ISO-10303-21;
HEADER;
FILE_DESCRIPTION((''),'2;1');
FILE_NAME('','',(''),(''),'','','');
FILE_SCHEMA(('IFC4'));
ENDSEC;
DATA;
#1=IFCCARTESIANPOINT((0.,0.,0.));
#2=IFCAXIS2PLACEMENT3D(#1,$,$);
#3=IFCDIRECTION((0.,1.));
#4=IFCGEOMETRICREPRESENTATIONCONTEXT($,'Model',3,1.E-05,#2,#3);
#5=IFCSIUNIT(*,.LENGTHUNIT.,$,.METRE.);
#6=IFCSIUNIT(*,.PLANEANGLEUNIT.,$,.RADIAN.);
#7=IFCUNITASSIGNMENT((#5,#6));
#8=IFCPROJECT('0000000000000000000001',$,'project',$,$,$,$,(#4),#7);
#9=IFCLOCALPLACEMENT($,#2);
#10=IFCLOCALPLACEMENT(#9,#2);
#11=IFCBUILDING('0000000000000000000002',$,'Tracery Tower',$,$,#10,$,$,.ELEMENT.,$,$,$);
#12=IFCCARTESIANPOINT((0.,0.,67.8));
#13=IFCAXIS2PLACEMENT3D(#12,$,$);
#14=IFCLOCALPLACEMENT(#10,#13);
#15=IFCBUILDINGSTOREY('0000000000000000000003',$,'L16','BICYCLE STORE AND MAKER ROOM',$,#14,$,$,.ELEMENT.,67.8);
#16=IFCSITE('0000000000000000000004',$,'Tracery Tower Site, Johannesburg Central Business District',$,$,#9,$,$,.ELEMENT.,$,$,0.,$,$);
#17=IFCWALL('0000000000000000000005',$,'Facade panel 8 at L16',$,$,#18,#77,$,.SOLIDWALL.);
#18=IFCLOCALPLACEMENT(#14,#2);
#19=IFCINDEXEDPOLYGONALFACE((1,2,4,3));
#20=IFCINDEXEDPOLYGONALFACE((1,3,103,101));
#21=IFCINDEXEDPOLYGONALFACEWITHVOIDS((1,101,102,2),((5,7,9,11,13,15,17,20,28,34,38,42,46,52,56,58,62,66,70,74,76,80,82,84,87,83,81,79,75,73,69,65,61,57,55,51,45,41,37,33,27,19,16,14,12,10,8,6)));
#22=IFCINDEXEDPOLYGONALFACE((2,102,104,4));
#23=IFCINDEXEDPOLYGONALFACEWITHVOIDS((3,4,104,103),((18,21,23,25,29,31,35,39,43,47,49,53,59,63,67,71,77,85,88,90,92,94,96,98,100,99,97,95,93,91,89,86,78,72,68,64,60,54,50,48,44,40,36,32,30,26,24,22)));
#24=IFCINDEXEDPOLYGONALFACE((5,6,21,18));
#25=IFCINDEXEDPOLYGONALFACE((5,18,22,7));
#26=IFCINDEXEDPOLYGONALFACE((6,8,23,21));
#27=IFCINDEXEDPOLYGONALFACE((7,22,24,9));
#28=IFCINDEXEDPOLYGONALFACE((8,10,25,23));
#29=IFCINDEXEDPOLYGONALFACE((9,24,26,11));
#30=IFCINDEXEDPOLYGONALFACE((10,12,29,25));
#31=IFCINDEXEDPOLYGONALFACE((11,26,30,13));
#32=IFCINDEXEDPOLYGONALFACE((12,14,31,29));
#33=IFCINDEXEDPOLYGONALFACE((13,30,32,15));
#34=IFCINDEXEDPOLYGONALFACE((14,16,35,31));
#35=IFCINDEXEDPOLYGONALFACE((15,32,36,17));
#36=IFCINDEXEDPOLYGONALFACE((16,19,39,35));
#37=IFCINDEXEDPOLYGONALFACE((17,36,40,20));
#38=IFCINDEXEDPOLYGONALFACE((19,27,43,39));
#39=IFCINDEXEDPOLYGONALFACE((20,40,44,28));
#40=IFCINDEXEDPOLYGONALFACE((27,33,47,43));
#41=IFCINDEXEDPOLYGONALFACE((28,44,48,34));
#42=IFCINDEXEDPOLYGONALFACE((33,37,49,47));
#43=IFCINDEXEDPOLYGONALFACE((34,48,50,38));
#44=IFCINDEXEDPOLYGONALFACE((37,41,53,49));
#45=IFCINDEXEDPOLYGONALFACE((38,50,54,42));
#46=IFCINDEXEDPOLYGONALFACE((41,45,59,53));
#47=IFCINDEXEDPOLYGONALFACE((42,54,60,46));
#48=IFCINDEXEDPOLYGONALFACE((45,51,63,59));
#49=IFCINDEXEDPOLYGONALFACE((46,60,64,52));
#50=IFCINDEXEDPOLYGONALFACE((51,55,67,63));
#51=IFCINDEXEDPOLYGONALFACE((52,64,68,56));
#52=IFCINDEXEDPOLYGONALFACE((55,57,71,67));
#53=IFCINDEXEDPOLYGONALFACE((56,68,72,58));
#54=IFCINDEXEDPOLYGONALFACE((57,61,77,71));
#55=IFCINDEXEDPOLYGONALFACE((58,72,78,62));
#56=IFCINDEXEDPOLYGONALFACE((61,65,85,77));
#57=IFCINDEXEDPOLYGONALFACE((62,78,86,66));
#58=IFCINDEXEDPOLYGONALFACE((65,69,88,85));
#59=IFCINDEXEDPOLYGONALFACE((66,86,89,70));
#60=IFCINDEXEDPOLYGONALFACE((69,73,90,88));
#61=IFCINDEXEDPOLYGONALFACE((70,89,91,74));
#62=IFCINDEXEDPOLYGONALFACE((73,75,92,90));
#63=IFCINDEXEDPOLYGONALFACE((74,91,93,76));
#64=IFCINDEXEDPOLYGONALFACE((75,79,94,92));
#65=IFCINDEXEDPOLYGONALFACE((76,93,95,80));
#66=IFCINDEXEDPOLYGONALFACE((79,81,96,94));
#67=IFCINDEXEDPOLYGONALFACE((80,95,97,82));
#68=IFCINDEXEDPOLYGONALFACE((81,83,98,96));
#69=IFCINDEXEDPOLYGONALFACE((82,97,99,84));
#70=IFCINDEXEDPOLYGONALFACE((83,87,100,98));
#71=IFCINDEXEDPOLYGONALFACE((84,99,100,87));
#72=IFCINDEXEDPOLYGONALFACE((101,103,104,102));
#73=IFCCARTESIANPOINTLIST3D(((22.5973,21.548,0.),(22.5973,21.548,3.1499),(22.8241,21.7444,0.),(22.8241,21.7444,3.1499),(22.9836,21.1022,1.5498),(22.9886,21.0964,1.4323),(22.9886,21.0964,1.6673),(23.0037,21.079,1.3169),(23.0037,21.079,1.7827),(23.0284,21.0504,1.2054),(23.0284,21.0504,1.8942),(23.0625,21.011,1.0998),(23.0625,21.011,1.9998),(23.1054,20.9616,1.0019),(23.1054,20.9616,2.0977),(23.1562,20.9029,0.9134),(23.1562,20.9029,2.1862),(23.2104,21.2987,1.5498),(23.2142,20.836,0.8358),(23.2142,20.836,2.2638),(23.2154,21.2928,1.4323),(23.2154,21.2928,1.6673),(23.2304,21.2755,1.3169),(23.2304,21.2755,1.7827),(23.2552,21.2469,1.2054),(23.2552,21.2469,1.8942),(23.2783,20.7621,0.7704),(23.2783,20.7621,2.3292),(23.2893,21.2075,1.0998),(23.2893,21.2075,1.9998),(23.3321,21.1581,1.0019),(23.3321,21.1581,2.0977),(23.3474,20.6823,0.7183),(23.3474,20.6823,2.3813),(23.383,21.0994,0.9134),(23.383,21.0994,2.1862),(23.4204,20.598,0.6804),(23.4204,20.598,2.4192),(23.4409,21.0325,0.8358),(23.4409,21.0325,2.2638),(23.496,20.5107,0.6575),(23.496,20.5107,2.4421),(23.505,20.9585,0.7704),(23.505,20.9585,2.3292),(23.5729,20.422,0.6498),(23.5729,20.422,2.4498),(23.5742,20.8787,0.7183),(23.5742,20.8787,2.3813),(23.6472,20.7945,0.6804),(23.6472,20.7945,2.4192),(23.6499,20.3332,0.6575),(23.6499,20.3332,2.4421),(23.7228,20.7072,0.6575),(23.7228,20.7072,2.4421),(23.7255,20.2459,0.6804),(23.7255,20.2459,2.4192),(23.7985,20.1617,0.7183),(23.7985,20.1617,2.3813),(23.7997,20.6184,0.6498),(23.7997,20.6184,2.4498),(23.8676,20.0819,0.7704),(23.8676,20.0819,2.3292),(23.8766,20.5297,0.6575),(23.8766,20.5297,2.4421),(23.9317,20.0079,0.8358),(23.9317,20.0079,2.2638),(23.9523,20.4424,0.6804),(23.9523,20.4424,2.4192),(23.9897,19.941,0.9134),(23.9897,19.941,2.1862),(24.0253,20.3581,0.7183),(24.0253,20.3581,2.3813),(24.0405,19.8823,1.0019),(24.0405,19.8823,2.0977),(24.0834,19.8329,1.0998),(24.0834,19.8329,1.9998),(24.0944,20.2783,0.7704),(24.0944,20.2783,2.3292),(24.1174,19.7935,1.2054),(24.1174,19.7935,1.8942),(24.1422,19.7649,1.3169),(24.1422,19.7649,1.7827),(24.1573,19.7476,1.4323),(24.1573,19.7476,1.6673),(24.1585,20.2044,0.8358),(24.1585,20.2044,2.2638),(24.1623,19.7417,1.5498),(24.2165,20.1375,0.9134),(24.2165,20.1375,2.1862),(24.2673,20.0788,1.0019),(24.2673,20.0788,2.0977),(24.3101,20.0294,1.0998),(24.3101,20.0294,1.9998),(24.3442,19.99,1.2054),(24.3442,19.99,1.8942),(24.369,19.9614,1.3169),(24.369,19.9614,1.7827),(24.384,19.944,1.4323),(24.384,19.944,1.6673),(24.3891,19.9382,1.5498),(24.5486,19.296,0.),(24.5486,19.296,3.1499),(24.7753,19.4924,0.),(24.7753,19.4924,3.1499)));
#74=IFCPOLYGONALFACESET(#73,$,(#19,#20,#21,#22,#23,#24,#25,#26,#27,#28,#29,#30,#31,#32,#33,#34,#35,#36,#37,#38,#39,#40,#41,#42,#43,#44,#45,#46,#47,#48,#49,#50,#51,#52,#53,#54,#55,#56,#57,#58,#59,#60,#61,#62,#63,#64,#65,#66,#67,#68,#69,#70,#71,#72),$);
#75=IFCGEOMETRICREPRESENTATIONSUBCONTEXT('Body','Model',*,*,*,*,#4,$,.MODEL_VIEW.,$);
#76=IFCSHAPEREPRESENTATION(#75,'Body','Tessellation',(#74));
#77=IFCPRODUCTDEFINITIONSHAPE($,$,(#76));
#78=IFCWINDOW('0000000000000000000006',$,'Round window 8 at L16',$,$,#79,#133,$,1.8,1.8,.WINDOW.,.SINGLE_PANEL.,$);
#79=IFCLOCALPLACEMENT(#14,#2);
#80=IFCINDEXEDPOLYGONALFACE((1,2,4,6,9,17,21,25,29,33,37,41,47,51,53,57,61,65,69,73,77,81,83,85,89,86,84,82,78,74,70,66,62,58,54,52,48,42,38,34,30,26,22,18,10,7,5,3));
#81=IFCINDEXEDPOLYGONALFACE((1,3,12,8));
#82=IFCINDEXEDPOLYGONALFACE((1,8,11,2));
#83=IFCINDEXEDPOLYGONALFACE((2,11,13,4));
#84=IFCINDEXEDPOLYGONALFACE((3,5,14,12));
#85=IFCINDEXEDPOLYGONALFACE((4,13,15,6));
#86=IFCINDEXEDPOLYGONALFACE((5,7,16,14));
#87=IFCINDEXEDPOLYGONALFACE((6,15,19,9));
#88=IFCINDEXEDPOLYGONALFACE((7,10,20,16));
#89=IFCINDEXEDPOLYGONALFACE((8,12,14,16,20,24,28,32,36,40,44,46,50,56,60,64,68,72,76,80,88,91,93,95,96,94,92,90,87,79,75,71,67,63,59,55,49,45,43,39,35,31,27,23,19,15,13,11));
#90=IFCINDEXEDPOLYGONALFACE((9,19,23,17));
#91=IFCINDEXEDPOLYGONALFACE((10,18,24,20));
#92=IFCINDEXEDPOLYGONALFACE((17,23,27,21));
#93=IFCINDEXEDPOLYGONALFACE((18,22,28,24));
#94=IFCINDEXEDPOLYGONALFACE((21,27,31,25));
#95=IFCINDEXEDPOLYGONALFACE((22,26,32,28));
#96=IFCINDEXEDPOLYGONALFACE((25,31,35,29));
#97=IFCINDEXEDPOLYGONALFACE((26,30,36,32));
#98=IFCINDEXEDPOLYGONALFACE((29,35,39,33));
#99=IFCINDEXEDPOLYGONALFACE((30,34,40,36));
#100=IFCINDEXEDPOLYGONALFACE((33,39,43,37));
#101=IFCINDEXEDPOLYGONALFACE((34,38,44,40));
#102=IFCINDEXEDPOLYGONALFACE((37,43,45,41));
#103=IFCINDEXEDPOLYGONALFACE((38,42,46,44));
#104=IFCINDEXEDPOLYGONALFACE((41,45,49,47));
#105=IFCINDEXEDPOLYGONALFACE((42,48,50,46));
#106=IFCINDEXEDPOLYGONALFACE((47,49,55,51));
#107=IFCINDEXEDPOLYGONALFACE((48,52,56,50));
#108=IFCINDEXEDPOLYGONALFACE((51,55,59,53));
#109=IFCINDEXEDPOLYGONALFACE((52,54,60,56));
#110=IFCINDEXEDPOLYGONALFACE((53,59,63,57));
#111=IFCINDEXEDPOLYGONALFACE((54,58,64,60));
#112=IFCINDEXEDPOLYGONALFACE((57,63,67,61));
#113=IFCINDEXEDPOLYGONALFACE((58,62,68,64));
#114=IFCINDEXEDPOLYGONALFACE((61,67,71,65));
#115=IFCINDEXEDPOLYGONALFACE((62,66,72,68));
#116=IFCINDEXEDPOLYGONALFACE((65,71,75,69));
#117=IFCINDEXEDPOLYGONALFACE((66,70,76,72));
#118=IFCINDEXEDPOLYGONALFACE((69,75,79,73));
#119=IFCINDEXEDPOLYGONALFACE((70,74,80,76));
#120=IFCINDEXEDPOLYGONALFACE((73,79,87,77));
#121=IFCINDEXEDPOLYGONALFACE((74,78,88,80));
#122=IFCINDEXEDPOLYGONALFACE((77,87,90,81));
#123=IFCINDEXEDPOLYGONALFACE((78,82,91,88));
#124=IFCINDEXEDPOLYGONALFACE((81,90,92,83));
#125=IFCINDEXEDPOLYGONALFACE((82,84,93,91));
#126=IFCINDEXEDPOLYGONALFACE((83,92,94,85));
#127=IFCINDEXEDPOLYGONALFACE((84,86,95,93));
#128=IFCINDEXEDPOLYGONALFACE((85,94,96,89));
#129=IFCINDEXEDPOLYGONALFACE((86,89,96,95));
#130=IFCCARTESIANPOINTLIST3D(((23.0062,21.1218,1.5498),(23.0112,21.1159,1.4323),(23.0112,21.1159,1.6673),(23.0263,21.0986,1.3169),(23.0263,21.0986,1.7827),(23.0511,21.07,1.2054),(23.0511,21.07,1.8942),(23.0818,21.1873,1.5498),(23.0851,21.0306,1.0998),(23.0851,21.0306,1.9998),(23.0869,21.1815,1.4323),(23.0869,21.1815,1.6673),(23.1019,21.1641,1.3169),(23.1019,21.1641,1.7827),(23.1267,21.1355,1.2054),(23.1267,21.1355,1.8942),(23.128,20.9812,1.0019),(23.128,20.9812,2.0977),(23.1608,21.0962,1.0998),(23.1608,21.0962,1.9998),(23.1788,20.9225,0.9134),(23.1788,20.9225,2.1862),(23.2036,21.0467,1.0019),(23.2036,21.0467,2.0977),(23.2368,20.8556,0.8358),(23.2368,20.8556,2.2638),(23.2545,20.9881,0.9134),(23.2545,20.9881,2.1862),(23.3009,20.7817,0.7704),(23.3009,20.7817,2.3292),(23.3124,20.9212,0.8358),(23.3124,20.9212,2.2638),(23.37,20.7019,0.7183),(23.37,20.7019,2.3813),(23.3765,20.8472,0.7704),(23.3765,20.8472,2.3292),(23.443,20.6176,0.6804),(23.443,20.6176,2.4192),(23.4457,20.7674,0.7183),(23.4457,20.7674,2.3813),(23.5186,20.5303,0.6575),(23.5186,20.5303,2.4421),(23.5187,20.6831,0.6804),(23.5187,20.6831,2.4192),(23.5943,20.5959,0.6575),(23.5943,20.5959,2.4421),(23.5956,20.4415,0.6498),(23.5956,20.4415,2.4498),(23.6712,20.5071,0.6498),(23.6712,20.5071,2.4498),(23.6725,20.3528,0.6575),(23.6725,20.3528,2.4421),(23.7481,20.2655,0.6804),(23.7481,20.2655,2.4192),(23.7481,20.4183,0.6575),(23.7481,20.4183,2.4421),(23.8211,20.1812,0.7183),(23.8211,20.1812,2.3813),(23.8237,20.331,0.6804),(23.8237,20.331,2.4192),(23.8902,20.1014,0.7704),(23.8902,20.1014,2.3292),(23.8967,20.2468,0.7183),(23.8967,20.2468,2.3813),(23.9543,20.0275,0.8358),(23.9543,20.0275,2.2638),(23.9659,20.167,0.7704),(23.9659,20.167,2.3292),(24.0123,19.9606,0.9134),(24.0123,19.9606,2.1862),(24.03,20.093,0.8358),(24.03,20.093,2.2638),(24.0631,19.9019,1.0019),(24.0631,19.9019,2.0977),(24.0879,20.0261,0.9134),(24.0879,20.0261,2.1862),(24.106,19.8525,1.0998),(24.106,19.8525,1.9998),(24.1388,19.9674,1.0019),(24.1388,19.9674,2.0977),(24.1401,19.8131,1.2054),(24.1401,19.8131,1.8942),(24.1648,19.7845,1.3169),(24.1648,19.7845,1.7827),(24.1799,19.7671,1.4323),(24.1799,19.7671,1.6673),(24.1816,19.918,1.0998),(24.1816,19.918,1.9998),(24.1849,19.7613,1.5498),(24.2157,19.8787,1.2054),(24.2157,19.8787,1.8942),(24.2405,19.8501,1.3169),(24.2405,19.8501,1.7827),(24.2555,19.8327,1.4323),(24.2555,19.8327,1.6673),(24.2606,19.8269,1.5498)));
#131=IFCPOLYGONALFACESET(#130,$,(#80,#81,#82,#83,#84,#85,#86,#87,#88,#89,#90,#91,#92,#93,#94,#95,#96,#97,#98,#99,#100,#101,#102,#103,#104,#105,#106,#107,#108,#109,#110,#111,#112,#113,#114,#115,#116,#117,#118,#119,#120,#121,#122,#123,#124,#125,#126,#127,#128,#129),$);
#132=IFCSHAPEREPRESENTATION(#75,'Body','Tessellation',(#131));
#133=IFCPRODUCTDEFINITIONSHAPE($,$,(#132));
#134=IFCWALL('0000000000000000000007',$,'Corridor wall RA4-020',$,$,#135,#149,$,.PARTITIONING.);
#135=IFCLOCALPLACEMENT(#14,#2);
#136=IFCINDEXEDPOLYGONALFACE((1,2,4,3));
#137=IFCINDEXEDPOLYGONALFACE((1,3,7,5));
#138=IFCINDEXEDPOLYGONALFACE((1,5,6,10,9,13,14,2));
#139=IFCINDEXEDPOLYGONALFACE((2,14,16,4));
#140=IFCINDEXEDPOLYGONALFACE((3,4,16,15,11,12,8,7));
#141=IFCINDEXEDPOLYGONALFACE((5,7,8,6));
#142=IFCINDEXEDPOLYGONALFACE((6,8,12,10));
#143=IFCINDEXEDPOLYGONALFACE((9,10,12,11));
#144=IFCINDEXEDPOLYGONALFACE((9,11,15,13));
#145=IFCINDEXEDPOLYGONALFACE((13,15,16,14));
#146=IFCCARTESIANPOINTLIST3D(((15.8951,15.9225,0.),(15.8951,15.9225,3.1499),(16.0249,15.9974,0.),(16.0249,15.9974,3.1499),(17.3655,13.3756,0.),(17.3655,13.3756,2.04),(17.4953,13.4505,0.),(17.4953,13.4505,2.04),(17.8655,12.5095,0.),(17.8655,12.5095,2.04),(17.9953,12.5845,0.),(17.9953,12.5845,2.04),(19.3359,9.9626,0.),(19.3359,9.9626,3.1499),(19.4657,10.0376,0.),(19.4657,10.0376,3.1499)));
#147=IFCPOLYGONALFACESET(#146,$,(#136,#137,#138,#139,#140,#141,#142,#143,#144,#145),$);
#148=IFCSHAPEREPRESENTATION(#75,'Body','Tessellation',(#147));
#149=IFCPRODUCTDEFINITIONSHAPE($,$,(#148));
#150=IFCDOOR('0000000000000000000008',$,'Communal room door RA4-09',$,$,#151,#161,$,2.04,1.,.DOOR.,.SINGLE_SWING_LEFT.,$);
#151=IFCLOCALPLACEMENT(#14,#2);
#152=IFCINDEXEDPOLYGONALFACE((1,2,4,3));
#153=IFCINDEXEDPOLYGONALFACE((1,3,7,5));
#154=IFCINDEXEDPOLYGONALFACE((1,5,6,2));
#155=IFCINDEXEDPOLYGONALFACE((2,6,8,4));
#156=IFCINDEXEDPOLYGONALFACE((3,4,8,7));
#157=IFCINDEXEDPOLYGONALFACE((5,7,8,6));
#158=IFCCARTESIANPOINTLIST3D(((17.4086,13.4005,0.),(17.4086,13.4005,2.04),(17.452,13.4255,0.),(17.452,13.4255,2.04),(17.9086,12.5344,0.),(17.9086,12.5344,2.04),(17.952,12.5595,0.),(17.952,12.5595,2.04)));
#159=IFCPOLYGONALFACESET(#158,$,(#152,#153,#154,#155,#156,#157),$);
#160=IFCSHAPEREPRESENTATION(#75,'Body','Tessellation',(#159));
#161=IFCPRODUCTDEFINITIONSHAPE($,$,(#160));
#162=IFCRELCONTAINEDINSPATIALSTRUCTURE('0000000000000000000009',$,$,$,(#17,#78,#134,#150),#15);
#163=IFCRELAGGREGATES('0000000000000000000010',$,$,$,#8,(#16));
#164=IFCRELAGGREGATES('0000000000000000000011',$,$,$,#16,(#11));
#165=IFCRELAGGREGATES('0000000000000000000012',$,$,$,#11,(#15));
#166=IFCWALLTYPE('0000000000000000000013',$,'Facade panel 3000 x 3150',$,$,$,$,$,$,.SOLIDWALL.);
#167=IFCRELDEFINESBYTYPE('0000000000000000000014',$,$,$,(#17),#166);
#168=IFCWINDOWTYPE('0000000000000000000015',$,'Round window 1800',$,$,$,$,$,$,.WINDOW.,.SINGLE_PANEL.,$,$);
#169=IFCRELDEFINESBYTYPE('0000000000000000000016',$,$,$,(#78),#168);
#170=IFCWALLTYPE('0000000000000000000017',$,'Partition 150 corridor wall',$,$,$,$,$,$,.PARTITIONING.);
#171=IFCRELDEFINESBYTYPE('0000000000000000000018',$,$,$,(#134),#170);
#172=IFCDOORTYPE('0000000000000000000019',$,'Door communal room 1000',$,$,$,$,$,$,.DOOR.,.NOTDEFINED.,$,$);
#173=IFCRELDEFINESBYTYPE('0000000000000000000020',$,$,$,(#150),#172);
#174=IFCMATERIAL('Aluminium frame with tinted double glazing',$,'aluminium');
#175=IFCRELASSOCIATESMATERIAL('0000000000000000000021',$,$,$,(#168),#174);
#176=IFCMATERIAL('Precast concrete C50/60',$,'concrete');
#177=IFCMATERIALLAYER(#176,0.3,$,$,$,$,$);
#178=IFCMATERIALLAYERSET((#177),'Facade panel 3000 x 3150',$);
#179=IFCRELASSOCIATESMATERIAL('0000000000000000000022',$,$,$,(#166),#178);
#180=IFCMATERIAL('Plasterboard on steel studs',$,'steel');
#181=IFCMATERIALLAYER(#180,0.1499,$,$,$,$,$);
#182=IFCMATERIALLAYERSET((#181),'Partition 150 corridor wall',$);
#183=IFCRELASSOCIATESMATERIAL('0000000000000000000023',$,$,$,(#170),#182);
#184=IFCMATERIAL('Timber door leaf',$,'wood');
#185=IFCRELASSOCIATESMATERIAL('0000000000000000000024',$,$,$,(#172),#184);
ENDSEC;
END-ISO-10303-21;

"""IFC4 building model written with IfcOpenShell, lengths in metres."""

from ifc_helpers import new_model, si_unit, direction, frame, frame_2d, origin, origin_2d, place, context, subcontext, project, spatial, rectangle, circle, extrude, material, layer, layer_set, type_object, element, fill, save


model = new_model("IFC4")

# Units and contexts
model_context = context("Model", 3, precision=1e-05, world=origin(), true_north=direction((0.0, 1.0)))
body_context = subcontext(model_context, "Body", "Model", "MODEL_VIEW")
ifc_project = project(units=[si_unit("LENGTHUNIT", "METRE"), si_unit("PLANEANGLEUNIT", "RADIAN")], contexts=[model_context])

# Site, building, storey
site_placement = place(None, origin())
site = spatial("IfcSite", under=ifc_project, at=site_placement, Name="Tracery Tower Site, Johannesburg Central Business District", CompositionType="ELEMENT", RefElevation=0.0)
building_placement = place(site_placement, origin())
building = spatial("IfcBuilding", under=site, at=building_placement, Name="Tracery Tower", CompositionType="ELEMENT")
storey_placement = place(building_placement, frame((0.0, 0.0, 67.8)))
storey = spatial("IfcBuildingStorey", under=building, at=storey_placement, Name="L16", Description="BICYCLE STORE AND MAKER ROOM", CompositionType="ELEMENT", Elevation=67.8)

# Wall, opening, window
ifc_material_1 = material(Name="Aluminium frame with tinted double glazing", Category="aluminium")
window_type = type_object("IfcWindowType", Name="Round window 1800", PartitioningType="SINGLE_PANEL", PredefinedType="WINDOW", material=ifc_material_1)
ifc_material_2 = material(Name="Precast concrete C50/60", Category="concrete")
ifc_layer_1 = layer(ifc_material_2, 0.3)
ifc_layer_set_1 = layer_set([ifc_layer_1], Name="Facade panel 3000 x 3150")
wall_type_1 = type_object("IfcWallType", Name="Facade panel 3000 x 3150", PredefinedType="SOLIDWALL", material=ifc_layer_set_1)
wall_1_placement = place(storey_placement, frame((24.6619, 19.3943, 0.0), z_axis=(0.0, 0.0, 1.0), x_axis=(-0.654831, 0.755776, 0.0)))
wall_1 = element("IfcWall", 1, at=wall_1_placement, inside=storey, type_object=wall_type_1, Name="Facade panel 8 at L16", PredefinedType="SOLIDWALL", context=body_context, shape_type="SweptSolid", body=[
    extrude(rectangle(XDim=2.9797, YDim=0.3, at=frame_2d((1.4897, 0.0))), origin(), (0.0, 0.0, 1.0), 3.1499),
])
opening_1_placement = place(wall_1_placement, frame((1.4897, 0.0, 1.5498)))
opening_1 = element("IfcOpeningElement", 2, at=opening_1_placement, cuts=wall_1, PredefinedType="OPENING", context=body_context, shape_type="SweptSolid", body=[
    extrude(circle(Radius=0.9, at=origin_2d()), frame((0.0, 0.1599, 0.0), z_axis=(0.0, -1.0, 0.0), x_axis=(1.0, 0.0, 0.0)), (0.0, 0.0, 1.0), 0.3201),
])
window_1_placement = place(opening_1_placement, origin())
window_1 = element("IfcWindow", 3, at=window_1_placement, inside=storey, type_object=window_type, Name="Round window 8 at L16", OverallHeight=1.8, OverallWidth=1.8, PartitioningType="SINGLE_PANEL", PredefinedType="WINDOW", context=body_context, shape_type="SweptSolid", body=[
    extrude(circle(Radius=0.9, at=origin_2d()), frame((0.0, 0.1201, 0.0), z_axis=(0.0, -1.0, 0.0), x_axis=(1.0, 0.0, 0.0)), (0.0, 0.0, 1.0), 0.1001),
])
fill(opening_1, window_1)

# Wall, opening, door
ifc_material_3 = material(Name="Plasterboard on steel studs", Category="steel")
ifc_layer_2 = layer(ifc_material_3, 0.1499)
ifc_layer_set_2 = layer_set([ifc_layer_2], Name="Partition 150 corridor wall")
wall_type_2 = type_object("IfcWallType", Name="Partition 150 corridor wall", PredefinedType="PARTITIONING", material=ifc_layer_set_2)
wall_2_placement = place(storey_placement, frame((15.96, 15.96, 0.0), z_axis=(0.0, 0.0, 1.0), x_axis=(0.499993, -0.86603, 0.0)))
wall_2 = element("IfcWall", 4, at=wall_2_placement, inside=storey, type_object=wall_type_2, Name="Corridor wall RA4-020", PredefinedType="PARTITIONING", context=body_context, shape_type="SweptSolid", body=[
    extrude(rectangle(XDim=6.8818, YDim=0.1499, at=frame_2d((3.4409, 0.0))), origin(), (0.0, 0.0, 1.0), 3.1499),
])
opening_2_placement = place(wall_2_placement, frame((2.9409, 0.0, 0.0)))
opening_2 = element("IfcOpeningElement", 5, at=opening_2_placement, cuts=wall_2, PredefinedType="OPENING", context=body_context, shape_type="SweptSolid", body=[
    extrude(rectangle(XDim=1.0, YDim=2.04, at=frame_2d((0.5, 1.02))), frame((0.0, 0.075, 0.0), z_axis=(0.0, -1.0, 0.0), x_axis=(1.0, 0.0, 0.0)), (0.0, 0.0, 1.0), 0.1499),
])
ifc_material_4 = material(Name="Timber door leaf", Category="wood")
door_type_1 = type_object("IfcDoorType", Name="Door communal room 1000", OperationType="NOTDEFINED", PredefinedType="DOOR", material=ifc_material_4)
door_1_placement = place(opening_2_placement, origin())
door_1 = element("IfcDoor", 6, at=door_1_placement, inside=storey, type_object=door_type_1, Name="Communal room door RA4-09", OperationType="SINGLE_SWING_LEFT", OverallHeight=2.04, OverallWidth=1.0, PredefinedType="DOOR", context=body_context, shape_type="SweptSolid", body=[
    extrude(rectangle(XDim=1.0, YDim=2.04, at=frame_2d((0.5, 1.02))), frame((0.0, 0.0249, 0.0), z_axis=(0.0, -1.0, 0.0), x_axis=(1.0, 0.0, 0.0)), (0.0, 0.0, 1.0), 0.05),
])
fill(opening_2, door_1)

save(model, "model.ifc")
